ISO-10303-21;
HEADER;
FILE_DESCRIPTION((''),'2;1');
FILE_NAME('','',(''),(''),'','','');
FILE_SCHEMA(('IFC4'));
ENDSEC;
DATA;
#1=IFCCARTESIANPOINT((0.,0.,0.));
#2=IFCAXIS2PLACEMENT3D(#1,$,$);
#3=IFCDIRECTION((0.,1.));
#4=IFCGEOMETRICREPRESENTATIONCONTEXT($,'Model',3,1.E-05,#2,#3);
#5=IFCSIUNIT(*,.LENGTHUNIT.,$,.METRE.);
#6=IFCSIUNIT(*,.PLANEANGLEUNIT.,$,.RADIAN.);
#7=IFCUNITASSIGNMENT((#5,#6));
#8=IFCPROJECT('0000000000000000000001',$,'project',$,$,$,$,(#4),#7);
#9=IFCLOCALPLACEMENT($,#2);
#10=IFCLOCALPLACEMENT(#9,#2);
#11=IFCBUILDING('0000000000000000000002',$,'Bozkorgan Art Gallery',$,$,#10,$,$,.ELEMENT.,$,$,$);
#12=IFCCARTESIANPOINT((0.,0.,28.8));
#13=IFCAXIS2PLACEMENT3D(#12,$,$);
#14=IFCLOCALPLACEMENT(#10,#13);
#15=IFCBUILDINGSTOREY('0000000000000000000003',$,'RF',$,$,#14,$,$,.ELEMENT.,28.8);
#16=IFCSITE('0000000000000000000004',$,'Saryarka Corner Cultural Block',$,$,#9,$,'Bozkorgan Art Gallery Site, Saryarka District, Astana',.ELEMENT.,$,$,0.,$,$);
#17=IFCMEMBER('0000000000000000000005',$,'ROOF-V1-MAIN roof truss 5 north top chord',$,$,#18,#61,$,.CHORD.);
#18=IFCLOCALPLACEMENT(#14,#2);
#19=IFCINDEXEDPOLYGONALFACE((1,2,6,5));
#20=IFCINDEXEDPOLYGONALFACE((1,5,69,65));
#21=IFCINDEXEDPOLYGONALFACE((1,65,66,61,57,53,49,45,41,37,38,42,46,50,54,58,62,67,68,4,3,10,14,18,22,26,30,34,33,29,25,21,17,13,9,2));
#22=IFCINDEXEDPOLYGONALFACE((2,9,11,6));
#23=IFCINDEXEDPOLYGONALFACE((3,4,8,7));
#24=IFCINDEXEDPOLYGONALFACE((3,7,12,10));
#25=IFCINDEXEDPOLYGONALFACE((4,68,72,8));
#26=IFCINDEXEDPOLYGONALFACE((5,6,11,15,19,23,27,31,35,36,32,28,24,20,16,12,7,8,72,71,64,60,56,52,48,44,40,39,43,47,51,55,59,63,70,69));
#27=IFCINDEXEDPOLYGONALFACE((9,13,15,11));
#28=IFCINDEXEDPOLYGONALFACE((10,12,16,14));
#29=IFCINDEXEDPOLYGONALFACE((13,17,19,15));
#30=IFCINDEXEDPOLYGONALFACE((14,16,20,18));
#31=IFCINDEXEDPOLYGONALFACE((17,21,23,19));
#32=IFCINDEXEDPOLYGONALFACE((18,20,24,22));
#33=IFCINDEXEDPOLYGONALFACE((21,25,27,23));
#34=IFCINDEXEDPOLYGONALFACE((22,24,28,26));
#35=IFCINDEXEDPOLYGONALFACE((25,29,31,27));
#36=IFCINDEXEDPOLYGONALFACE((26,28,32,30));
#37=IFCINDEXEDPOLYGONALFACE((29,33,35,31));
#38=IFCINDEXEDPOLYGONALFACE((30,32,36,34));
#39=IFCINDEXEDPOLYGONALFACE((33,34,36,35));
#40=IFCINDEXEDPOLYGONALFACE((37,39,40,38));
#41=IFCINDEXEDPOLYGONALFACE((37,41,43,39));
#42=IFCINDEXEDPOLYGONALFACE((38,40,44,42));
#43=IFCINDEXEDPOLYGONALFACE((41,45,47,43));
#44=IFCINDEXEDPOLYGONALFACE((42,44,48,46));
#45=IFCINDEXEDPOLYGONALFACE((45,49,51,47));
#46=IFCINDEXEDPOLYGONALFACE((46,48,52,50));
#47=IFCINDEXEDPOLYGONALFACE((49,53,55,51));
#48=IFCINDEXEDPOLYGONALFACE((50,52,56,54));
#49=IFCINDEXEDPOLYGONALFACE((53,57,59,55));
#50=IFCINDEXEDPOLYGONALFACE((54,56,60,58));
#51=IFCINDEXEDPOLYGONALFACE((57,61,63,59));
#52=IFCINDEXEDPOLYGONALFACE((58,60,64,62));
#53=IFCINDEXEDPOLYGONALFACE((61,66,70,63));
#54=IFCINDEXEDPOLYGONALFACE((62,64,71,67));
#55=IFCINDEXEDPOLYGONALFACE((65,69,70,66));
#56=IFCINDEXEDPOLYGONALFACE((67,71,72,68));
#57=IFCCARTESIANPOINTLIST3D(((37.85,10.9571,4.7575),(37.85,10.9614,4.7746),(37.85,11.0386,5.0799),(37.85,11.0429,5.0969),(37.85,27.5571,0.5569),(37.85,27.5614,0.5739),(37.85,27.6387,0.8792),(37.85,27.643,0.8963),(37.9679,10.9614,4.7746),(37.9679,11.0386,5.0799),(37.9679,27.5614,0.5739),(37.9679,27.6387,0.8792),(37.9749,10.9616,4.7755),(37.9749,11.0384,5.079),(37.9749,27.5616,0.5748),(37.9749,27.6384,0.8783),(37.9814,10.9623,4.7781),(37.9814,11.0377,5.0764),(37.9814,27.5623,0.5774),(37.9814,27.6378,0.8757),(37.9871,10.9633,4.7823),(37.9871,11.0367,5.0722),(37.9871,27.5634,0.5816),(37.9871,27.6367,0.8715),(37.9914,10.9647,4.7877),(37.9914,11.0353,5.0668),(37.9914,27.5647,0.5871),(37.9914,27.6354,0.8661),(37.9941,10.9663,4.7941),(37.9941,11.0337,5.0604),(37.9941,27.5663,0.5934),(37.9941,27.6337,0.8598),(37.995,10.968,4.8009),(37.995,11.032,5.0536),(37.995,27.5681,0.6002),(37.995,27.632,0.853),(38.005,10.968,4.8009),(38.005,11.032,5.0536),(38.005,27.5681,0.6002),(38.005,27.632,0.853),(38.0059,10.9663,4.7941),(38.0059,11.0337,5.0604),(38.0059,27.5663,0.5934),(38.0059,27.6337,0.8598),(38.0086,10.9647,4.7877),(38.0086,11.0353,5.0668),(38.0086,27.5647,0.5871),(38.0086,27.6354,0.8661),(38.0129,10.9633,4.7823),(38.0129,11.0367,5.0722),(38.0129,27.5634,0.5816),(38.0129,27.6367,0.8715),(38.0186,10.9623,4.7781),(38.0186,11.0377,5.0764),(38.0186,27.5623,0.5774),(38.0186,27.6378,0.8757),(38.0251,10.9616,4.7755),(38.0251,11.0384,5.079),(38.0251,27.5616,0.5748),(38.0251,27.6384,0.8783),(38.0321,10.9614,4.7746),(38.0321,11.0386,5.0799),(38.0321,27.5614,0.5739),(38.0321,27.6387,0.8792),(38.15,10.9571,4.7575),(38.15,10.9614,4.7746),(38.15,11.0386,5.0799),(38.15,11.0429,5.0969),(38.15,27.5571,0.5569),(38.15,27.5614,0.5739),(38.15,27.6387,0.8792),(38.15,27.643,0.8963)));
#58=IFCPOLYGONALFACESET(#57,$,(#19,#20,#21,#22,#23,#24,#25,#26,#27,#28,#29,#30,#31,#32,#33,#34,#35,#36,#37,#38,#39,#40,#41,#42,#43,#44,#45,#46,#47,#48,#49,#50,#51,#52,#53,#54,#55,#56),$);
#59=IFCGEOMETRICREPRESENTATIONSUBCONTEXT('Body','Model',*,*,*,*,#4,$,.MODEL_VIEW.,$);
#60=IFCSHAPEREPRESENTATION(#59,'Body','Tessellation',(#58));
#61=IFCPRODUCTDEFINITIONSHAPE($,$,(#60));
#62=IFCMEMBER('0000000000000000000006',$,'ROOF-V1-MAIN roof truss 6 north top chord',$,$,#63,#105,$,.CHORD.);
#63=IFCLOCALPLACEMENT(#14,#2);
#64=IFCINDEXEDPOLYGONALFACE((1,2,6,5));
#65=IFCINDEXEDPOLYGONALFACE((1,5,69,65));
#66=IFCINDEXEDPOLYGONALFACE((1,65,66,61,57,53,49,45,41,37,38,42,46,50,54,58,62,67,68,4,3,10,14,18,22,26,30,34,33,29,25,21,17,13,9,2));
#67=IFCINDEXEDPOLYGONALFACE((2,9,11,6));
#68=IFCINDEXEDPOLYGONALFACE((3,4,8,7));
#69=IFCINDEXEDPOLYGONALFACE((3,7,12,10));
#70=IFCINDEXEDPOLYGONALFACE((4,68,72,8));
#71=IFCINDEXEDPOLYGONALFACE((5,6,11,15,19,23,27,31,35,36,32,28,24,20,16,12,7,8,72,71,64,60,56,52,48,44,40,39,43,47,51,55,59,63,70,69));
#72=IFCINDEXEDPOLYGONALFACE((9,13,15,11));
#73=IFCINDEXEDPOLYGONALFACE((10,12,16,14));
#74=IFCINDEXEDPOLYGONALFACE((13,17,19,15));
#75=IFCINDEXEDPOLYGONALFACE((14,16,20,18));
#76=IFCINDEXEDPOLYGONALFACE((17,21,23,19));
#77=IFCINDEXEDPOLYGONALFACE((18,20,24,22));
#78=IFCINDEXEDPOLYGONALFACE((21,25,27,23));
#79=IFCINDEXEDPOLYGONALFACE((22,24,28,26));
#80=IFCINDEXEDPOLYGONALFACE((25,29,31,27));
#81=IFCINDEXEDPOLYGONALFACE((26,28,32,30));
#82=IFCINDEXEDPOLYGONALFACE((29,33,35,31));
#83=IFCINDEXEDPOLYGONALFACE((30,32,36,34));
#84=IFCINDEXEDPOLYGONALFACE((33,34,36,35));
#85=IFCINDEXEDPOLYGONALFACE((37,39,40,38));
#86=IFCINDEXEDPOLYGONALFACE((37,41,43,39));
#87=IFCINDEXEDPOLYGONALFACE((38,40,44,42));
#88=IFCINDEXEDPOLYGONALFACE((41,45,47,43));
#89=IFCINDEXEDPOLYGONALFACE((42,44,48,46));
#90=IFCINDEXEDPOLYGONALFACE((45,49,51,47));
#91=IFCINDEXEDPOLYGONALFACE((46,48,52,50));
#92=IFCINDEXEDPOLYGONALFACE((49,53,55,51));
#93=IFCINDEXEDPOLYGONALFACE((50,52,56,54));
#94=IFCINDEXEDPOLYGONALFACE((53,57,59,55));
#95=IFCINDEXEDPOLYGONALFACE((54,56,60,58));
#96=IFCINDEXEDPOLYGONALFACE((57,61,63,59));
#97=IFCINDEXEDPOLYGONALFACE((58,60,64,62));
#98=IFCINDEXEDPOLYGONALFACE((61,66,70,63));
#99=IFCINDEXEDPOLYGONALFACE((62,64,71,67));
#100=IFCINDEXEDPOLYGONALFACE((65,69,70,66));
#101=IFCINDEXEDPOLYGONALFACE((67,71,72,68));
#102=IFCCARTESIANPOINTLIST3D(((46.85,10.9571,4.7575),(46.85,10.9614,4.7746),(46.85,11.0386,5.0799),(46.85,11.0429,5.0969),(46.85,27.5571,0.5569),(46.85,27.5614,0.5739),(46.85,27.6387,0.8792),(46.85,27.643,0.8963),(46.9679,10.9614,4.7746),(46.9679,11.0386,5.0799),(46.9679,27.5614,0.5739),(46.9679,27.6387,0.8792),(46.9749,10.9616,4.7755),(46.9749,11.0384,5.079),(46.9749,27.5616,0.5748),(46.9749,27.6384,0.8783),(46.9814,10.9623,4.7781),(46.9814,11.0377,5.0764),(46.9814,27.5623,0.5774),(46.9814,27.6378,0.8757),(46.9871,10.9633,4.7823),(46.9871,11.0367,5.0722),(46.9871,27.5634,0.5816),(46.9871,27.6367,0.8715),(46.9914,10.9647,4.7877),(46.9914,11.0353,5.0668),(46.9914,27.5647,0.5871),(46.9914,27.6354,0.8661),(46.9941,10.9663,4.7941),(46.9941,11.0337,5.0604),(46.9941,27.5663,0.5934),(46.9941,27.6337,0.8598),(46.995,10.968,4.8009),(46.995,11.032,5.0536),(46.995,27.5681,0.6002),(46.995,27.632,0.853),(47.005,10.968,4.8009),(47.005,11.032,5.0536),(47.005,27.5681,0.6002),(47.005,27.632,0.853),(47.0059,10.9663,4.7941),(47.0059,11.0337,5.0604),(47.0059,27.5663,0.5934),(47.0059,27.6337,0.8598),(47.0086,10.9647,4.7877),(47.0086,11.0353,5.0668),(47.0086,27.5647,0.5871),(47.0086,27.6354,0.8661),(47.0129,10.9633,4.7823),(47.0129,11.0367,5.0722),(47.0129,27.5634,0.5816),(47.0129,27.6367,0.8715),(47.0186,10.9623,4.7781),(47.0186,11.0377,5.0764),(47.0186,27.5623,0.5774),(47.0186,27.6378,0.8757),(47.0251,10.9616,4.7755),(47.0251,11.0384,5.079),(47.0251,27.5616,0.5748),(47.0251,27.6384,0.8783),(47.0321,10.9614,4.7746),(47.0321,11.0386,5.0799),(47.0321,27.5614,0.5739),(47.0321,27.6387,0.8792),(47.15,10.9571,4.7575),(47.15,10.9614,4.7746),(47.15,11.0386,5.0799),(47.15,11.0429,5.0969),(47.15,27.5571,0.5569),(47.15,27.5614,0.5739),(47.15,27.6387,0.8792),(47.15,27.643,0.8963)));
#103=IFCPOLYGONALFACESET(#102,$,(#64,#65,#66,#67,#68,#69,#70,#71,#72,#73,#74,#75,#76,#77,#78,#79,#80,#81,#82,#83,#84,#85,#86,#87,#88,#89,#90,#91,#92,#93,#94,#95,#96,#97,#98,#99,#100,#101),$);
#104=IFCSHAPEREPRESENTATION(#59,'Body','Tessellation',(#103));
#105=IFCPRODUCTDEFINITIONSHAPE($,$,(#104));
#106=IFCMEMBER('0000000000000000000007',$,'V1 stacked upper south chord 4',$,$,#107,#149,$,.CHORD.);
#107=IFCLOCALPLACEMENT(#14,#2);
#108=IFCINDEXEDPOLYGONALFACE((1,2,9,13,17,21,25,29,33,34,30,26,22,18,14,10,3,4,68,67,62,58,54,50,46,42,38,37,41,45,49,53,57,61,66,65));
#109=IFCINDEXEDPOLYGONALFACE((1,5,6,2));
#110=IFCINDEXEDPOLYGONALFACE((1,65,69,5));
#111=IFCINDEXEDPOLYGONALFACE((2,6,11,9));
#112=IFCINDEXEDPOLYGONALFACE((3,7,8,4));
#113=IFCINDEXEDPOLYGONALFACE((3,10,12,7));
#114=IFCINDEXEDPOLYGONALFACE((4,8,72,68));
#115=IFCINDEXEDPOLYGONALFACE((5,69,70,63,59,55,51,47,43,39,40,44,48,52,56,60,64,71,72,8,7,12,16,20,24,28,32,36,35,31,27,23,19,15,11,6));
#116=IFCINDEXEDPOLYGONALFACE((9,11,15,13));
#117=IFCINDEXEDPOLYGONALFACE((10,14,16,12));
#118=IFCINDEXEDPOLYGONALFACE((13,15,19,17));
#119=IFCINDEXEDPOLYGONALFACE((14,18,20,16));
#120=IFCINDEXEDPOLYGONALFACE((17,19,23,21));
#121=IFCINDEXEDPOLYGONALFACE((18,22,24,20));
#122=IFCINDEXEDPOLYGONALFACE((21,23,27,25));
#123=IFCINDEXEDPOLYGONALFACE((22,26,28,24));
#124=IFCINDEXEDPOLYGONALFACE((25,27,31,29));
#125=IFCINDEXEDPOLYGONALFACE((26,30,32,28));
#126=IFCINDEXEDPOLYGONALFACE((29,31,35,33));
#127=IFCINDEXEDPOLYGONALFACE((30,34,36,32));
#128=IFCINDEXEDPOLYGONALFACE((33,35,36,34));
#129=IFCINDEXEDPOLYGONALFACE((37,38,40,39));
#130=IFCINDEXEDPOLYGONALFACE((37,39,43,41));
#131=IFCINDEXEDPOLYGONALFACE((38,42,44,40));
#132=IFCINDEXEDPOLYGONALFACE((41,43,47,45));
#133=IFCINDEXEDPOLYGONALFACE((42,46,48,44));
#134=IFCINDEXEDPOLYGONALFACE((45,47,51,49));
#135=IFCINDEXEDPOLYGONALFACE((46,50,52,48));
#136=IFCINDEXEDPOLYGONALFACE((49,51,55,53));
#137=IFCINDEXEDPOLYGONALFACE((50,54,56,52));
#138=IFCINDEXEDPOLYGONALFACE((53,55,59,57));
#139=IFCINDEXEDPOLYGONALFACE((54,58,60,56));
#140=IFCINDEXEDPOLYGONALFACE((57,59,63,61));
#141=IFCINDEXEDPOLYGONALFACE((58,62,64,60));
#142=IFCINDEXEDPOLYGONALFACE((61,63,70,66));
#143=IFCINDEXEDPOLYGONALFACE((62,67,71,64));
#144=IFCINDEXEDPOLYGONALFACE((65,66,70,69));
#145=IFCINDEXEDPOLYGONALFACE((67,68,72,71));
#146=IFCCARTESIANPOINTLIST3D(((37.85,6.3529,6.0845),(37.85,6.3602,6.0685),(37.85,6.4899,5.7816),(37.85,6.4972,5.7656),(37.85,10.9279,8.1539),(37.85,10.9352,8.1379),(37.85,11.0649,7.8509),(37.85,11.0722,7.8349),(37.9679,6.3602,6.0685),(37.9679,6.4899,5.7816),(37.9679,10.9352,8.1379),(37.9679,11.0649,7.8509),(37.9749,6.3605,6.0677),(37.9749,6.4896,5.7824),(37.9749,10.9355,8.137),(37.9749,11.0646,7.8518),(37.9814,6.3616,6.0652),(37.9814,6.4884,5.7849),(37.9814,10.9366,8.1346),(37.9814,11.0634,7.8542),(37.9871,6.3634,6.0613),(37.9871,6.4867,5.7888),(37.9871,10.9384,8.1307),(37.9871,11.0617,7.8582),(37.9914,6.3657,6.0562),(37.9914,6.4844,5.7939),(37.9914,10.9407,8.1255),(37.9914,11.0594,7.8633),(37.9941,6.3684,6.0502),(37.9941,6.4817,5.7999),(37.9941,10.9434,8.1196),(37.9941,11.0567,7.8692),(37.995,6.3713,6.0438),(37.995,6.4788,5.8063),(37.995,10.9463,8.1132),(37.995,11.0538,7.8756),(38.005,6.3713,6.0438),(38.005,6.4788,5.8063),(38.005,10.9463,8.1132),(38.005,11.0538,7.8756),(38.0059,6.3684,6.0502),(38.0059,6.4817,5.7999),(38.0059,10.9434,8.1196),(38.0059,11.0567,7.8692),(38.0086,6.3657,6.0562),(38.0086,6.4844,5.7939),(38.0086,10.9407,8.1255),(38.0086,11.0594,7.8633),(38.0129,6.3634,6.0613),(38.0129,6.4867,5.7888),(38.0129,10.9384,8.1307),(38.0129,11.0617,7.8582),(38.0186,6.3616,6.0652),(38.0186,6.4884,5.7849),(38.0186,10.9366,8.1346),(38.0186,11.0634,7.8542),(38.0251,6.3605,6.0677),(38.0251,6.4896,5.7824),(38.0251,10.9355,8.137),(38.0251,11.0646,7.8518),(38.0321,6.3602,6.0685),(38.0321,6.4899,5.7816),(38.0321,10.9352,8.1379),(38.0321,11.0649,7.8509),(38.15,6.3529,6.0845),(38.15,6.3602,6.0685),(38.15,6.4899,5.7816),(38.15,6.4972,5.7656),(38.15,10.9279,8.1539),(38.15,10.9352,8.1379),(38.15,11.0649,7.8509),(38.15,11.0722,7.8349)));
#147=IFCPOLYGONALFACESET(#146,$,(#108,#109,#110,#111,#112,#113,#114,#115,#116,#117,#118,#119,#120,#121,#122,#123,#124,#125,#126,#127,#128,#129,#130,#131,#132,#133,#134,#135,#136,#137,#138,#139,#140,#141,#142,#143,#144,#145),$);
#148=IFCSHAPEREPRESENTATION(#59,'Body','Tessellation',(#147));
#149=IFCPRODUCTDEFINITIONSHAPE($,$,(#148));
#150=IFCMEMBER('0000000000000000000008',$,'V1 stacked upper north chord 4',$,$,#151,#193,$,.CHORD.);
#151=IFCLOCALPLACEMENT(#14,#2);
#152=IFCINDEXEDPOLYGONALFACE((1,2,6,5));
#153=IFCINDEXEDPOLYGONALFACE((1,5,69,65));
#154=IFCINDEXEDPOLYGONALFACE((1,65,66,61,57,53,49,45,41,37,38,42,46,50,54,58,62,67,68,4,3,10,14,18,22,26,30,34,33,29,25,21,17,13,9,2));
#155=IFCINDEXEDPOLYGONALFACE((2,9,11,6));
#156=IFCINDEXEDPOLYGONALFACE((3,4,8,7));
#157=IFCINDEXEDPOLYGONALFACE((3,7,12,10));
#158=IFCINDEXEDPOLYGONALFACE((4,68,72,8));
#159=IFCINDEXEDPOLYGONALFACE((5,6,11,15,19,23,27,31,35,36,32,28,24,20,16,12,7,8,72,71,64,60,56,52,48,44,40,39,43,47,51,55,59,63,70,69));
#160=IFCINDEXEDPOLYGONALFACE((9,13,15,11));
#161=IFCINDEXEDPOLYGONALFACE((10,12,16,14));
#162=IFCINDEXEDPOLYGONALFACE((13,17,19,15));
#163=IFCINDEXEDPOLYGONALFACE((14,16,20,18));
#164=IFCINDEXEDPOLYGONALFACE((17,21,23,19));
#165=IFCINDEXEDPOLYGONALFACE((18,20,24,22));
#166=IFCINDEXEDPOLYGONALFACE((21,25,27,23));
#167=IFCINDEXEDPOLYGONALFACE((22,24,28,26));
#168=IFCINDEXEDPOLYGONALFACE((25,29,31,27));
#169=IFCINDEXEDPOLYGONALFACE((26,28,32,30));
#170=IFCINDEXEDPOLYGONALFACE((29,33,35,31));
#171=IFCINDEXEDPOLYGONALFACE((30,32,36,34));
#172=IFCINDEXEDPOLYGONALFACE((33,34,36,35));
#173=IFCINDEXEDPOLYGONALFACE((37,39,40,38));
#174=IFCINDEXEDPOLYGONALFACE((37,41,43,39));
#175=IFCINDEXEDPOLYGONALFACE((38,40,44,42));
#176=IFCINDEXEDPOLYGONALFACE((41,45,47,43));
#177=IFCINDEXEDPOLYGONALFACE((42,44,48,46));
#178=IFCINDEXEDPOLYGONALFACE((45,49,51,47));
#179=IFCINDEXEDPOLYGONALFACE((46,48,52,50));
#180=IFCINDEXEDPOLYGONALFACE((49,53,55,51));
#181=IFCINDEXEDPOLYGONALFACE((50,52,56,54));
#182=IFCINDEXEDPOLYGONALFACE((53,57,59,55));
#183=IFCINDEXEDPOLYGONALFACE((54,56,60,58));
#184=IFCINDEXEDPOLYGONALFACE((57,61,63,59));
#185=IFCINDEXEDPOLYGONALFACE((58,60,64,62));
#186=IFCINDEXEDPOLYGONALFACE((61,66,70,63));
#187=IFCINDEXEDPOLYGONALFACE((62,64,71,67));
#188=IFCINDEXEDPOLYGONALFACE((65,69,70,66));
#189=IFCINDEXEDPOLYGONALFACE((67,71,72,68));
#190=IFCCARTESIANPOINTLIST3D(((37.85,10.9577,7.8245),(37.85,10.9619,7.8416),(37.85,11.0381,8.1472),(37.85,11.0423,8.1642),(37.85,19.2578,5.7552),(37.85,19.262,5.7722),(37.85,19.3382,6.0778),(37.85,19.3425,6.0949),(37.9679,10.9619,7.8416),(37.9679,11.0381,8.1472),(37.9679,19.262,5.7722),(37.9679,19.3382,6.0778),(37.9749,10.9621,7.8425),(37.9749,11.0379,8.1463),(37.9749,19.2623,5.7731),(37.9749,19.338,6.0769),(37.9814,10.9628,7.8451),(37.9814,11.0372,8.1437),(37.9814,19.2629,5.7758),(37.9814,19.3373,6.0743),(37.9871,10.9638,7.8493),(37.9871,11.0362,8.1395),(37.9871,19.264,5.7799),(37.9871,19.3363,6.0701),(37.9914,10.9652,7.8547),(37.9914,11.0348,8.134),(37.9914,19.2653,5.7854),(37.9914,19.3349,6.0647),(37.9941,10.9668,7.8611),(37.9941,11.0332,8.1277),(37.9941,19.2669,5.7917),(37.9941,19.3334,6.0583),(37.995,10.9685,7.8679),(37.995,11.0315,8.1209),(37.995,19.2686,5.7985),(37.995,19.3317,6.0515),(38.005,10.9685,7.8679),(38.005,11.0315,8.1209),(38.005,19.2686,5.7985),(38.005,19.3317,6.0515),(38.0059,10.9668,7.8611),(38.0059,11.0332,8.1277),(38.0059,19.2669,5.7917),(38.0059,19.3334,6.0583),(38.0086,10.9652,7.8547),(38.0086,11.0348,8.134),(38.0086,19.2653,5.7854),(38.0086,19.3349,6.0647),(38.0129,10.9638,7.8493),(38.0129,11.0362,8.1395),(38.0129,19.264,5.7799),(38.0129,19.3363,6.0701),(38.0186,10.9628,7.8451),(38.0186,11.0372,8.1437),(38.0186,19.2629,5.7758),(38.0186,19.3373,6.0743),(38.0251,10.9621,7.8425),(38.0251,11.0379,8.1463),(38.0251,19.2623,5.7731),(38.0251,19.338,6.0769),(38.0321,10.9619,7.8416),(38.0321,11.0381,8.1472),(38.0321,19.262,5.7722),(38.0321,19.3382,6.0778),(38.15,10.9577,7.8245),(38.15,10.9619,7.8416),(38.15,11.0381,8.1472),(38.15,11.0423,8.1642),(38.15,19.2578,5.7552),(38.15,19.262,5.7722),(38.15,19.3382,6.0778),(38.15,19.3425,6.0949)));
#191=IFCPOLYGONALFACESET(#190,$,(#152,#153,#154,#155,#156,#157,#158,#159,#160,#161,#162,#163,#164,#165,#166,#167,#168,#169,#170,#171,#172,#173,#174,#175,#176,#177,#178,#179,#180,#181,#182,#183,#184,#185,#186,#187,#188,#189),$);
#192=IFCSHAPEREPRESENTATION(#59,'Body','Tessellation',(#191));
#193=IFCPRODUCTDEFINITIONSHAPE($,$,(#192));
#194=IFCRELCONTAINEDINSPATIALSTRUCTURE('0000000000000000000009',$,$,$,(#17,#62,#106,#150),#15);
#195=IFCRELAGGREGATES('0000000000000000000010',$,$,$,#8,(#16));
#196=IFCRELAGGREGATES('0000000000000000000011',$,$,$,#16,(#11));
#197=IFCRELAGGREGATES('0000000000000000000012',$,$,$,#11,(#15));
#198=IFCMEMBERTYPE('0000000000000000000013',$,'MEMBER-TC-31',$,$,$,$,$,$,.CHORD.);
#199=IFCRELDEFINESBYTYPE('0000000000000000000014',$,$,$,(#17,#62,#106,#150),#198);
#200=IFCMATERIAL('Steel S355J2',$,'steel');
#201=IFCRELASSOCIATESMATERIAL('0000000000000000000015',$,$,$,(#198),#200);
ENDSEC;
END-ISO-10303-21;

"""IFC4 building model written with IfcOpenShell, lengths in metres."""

from ifc_helpers import new_model, si_unit, direction, frame, origin, origin_2d, place, context, subcontext, project, spatial, i_section, extrude, material, material_profile, profile_set, type_object, element, save


model = new_model("IFC4")

# Units and contexts
model_context = context("Model", 3, precision=1e-05, world=origin(), true_north=direction((0.0, 1.0)))
body_context = subcontext(model_context, "Body", "Model", "MODEL_VIEW")
ifc_project = project(units=[si_unit("LENGTHUNIT", "METRE"), si_unit("PLANEANGLEUNIT", "RADIAN")], contexts=[model_context])

# Site, building, storey
site_placement = place(None, origin())
site = spatial("IfcSite", under=ifc_project, at=site_placement, Name="Saryarka Corner Cultural Block", LongName="Bozkorgan Art Gallery Site, Saryarka District, Astana", CompositionType="ELEMENT", RefElevation=0.0)
building_placement = place(site_placement, origin())
building = spatial("IfcBuilding", under=site, at=building_placement, Name="Bozkorgan Art Gallery", CompositionType="ELEMENT")
storey_placement = place(building_placement, frame((0.0, 0.0, 28.8)))
storey = spatial("IfcBuildingStorey", under=building, at=storey_placement, Name="RF", CompositionType="ELEMENT", Elevation=28.8)

# Shared definitions
ifc_material_1 = material(Name="Steel S355J2", Category="steel")

# Members
ifc_material_profile_1 = material_profile(ifc_material_1, i_section(OverallWidth=0.3, OverallDepth=0.3501, WebThickness=0.01, FlangeThickness=0.0176, FilletRadius=0.0271, at=origin_2d()), Name="HEA 360")
ifc_profile_set_1 = profile_set([ifc_material_profile_1], Name="Steel S355J2")
member_type_1 = type_object("IfcMemberType", Name="MEMBER-TC-31", PredefinedType="CHORD", material=ifc_profile_set_1)
for number, where, z_axis, x_axis, name in (
    (1, (38.0, 11.0, 4.9272), (0.0, 0.969442, -0.245319), (-1.0, 0.0, 0.0), "ROOF-V1-MAIN roof truss 5 north top chord"),
    (2, (47.0, 11.0, 4.9272), (0.0, 0.969442, -0.245319), (-1.0, 0.0, 0.0), "ROOF-V1-MAIN roof truss 6 north top chord"),
):
    element("IfcMember", number, at=place(storey_placement, frame(where, z_axis=z_axis, x_axis=x_axis)), inside=storey, type_object=member_type_1, Name=name, PredefinedType="CHORD", context=body_context, shape_type="SweptSolid", body=[
        extrude(i_section(OverallWidth=0.3, OverallDepth=0.3501, WebThickness=0.01, FlangeThickness=0.0176, FilletRadius=0.0271, at=origin_2d()), origin(), (0.0, 0.0, 1.0), 17.1233),
    ])
member_1_placement = place(storey_placement, frame((38.0, 6.425, 5.925), z_axis=(0.0, 0.911129, 0.412121), x_axis=(-1.0, 0.0, 0.0)))
element("IfcMember", 3, at=member_1_placement, inside=storey, type_object=member_type_1, Name="V1 stacked upper south chord 4", PredefinedType="CHORD", context=body_context, shape_type="SweptSolid", body=[
    extrude(i_section(OverallWidth=0.3, OverallDepth=0.3501, WebThickness=0.01, FlangeThickness=0.0176, FilletRadius=0.0271, at=origin_2d()), origin(), (0.0, 0.0, 1.0), 5.0212),
])
member_2_placement = place(storey_placement, frame((38.0, 11.0, 7.9944), z_axis=(0.0, 0.970298, -0.241911), x_axis=(-1.0, 0.0, 0.0)))
element("IfcMember", 4, at=member_2_placement, inside=storey, type_object=member_type_1, Name="V1 stacked upper north chord 4", PredefinedType="CHORD", context=body_context, shape_type="SweptSolid", body=[
    extrude(i_section(OverallWidth=0.3, OverallDepth=0.3501, WebThickness=0.01, FlangeThickness=0.0176, FilletRadius=0.0271, at=origin_2d()), origin(), (0.0, 0.0, 1.0), 8.5542),
])

save(model, "model.ifc")
